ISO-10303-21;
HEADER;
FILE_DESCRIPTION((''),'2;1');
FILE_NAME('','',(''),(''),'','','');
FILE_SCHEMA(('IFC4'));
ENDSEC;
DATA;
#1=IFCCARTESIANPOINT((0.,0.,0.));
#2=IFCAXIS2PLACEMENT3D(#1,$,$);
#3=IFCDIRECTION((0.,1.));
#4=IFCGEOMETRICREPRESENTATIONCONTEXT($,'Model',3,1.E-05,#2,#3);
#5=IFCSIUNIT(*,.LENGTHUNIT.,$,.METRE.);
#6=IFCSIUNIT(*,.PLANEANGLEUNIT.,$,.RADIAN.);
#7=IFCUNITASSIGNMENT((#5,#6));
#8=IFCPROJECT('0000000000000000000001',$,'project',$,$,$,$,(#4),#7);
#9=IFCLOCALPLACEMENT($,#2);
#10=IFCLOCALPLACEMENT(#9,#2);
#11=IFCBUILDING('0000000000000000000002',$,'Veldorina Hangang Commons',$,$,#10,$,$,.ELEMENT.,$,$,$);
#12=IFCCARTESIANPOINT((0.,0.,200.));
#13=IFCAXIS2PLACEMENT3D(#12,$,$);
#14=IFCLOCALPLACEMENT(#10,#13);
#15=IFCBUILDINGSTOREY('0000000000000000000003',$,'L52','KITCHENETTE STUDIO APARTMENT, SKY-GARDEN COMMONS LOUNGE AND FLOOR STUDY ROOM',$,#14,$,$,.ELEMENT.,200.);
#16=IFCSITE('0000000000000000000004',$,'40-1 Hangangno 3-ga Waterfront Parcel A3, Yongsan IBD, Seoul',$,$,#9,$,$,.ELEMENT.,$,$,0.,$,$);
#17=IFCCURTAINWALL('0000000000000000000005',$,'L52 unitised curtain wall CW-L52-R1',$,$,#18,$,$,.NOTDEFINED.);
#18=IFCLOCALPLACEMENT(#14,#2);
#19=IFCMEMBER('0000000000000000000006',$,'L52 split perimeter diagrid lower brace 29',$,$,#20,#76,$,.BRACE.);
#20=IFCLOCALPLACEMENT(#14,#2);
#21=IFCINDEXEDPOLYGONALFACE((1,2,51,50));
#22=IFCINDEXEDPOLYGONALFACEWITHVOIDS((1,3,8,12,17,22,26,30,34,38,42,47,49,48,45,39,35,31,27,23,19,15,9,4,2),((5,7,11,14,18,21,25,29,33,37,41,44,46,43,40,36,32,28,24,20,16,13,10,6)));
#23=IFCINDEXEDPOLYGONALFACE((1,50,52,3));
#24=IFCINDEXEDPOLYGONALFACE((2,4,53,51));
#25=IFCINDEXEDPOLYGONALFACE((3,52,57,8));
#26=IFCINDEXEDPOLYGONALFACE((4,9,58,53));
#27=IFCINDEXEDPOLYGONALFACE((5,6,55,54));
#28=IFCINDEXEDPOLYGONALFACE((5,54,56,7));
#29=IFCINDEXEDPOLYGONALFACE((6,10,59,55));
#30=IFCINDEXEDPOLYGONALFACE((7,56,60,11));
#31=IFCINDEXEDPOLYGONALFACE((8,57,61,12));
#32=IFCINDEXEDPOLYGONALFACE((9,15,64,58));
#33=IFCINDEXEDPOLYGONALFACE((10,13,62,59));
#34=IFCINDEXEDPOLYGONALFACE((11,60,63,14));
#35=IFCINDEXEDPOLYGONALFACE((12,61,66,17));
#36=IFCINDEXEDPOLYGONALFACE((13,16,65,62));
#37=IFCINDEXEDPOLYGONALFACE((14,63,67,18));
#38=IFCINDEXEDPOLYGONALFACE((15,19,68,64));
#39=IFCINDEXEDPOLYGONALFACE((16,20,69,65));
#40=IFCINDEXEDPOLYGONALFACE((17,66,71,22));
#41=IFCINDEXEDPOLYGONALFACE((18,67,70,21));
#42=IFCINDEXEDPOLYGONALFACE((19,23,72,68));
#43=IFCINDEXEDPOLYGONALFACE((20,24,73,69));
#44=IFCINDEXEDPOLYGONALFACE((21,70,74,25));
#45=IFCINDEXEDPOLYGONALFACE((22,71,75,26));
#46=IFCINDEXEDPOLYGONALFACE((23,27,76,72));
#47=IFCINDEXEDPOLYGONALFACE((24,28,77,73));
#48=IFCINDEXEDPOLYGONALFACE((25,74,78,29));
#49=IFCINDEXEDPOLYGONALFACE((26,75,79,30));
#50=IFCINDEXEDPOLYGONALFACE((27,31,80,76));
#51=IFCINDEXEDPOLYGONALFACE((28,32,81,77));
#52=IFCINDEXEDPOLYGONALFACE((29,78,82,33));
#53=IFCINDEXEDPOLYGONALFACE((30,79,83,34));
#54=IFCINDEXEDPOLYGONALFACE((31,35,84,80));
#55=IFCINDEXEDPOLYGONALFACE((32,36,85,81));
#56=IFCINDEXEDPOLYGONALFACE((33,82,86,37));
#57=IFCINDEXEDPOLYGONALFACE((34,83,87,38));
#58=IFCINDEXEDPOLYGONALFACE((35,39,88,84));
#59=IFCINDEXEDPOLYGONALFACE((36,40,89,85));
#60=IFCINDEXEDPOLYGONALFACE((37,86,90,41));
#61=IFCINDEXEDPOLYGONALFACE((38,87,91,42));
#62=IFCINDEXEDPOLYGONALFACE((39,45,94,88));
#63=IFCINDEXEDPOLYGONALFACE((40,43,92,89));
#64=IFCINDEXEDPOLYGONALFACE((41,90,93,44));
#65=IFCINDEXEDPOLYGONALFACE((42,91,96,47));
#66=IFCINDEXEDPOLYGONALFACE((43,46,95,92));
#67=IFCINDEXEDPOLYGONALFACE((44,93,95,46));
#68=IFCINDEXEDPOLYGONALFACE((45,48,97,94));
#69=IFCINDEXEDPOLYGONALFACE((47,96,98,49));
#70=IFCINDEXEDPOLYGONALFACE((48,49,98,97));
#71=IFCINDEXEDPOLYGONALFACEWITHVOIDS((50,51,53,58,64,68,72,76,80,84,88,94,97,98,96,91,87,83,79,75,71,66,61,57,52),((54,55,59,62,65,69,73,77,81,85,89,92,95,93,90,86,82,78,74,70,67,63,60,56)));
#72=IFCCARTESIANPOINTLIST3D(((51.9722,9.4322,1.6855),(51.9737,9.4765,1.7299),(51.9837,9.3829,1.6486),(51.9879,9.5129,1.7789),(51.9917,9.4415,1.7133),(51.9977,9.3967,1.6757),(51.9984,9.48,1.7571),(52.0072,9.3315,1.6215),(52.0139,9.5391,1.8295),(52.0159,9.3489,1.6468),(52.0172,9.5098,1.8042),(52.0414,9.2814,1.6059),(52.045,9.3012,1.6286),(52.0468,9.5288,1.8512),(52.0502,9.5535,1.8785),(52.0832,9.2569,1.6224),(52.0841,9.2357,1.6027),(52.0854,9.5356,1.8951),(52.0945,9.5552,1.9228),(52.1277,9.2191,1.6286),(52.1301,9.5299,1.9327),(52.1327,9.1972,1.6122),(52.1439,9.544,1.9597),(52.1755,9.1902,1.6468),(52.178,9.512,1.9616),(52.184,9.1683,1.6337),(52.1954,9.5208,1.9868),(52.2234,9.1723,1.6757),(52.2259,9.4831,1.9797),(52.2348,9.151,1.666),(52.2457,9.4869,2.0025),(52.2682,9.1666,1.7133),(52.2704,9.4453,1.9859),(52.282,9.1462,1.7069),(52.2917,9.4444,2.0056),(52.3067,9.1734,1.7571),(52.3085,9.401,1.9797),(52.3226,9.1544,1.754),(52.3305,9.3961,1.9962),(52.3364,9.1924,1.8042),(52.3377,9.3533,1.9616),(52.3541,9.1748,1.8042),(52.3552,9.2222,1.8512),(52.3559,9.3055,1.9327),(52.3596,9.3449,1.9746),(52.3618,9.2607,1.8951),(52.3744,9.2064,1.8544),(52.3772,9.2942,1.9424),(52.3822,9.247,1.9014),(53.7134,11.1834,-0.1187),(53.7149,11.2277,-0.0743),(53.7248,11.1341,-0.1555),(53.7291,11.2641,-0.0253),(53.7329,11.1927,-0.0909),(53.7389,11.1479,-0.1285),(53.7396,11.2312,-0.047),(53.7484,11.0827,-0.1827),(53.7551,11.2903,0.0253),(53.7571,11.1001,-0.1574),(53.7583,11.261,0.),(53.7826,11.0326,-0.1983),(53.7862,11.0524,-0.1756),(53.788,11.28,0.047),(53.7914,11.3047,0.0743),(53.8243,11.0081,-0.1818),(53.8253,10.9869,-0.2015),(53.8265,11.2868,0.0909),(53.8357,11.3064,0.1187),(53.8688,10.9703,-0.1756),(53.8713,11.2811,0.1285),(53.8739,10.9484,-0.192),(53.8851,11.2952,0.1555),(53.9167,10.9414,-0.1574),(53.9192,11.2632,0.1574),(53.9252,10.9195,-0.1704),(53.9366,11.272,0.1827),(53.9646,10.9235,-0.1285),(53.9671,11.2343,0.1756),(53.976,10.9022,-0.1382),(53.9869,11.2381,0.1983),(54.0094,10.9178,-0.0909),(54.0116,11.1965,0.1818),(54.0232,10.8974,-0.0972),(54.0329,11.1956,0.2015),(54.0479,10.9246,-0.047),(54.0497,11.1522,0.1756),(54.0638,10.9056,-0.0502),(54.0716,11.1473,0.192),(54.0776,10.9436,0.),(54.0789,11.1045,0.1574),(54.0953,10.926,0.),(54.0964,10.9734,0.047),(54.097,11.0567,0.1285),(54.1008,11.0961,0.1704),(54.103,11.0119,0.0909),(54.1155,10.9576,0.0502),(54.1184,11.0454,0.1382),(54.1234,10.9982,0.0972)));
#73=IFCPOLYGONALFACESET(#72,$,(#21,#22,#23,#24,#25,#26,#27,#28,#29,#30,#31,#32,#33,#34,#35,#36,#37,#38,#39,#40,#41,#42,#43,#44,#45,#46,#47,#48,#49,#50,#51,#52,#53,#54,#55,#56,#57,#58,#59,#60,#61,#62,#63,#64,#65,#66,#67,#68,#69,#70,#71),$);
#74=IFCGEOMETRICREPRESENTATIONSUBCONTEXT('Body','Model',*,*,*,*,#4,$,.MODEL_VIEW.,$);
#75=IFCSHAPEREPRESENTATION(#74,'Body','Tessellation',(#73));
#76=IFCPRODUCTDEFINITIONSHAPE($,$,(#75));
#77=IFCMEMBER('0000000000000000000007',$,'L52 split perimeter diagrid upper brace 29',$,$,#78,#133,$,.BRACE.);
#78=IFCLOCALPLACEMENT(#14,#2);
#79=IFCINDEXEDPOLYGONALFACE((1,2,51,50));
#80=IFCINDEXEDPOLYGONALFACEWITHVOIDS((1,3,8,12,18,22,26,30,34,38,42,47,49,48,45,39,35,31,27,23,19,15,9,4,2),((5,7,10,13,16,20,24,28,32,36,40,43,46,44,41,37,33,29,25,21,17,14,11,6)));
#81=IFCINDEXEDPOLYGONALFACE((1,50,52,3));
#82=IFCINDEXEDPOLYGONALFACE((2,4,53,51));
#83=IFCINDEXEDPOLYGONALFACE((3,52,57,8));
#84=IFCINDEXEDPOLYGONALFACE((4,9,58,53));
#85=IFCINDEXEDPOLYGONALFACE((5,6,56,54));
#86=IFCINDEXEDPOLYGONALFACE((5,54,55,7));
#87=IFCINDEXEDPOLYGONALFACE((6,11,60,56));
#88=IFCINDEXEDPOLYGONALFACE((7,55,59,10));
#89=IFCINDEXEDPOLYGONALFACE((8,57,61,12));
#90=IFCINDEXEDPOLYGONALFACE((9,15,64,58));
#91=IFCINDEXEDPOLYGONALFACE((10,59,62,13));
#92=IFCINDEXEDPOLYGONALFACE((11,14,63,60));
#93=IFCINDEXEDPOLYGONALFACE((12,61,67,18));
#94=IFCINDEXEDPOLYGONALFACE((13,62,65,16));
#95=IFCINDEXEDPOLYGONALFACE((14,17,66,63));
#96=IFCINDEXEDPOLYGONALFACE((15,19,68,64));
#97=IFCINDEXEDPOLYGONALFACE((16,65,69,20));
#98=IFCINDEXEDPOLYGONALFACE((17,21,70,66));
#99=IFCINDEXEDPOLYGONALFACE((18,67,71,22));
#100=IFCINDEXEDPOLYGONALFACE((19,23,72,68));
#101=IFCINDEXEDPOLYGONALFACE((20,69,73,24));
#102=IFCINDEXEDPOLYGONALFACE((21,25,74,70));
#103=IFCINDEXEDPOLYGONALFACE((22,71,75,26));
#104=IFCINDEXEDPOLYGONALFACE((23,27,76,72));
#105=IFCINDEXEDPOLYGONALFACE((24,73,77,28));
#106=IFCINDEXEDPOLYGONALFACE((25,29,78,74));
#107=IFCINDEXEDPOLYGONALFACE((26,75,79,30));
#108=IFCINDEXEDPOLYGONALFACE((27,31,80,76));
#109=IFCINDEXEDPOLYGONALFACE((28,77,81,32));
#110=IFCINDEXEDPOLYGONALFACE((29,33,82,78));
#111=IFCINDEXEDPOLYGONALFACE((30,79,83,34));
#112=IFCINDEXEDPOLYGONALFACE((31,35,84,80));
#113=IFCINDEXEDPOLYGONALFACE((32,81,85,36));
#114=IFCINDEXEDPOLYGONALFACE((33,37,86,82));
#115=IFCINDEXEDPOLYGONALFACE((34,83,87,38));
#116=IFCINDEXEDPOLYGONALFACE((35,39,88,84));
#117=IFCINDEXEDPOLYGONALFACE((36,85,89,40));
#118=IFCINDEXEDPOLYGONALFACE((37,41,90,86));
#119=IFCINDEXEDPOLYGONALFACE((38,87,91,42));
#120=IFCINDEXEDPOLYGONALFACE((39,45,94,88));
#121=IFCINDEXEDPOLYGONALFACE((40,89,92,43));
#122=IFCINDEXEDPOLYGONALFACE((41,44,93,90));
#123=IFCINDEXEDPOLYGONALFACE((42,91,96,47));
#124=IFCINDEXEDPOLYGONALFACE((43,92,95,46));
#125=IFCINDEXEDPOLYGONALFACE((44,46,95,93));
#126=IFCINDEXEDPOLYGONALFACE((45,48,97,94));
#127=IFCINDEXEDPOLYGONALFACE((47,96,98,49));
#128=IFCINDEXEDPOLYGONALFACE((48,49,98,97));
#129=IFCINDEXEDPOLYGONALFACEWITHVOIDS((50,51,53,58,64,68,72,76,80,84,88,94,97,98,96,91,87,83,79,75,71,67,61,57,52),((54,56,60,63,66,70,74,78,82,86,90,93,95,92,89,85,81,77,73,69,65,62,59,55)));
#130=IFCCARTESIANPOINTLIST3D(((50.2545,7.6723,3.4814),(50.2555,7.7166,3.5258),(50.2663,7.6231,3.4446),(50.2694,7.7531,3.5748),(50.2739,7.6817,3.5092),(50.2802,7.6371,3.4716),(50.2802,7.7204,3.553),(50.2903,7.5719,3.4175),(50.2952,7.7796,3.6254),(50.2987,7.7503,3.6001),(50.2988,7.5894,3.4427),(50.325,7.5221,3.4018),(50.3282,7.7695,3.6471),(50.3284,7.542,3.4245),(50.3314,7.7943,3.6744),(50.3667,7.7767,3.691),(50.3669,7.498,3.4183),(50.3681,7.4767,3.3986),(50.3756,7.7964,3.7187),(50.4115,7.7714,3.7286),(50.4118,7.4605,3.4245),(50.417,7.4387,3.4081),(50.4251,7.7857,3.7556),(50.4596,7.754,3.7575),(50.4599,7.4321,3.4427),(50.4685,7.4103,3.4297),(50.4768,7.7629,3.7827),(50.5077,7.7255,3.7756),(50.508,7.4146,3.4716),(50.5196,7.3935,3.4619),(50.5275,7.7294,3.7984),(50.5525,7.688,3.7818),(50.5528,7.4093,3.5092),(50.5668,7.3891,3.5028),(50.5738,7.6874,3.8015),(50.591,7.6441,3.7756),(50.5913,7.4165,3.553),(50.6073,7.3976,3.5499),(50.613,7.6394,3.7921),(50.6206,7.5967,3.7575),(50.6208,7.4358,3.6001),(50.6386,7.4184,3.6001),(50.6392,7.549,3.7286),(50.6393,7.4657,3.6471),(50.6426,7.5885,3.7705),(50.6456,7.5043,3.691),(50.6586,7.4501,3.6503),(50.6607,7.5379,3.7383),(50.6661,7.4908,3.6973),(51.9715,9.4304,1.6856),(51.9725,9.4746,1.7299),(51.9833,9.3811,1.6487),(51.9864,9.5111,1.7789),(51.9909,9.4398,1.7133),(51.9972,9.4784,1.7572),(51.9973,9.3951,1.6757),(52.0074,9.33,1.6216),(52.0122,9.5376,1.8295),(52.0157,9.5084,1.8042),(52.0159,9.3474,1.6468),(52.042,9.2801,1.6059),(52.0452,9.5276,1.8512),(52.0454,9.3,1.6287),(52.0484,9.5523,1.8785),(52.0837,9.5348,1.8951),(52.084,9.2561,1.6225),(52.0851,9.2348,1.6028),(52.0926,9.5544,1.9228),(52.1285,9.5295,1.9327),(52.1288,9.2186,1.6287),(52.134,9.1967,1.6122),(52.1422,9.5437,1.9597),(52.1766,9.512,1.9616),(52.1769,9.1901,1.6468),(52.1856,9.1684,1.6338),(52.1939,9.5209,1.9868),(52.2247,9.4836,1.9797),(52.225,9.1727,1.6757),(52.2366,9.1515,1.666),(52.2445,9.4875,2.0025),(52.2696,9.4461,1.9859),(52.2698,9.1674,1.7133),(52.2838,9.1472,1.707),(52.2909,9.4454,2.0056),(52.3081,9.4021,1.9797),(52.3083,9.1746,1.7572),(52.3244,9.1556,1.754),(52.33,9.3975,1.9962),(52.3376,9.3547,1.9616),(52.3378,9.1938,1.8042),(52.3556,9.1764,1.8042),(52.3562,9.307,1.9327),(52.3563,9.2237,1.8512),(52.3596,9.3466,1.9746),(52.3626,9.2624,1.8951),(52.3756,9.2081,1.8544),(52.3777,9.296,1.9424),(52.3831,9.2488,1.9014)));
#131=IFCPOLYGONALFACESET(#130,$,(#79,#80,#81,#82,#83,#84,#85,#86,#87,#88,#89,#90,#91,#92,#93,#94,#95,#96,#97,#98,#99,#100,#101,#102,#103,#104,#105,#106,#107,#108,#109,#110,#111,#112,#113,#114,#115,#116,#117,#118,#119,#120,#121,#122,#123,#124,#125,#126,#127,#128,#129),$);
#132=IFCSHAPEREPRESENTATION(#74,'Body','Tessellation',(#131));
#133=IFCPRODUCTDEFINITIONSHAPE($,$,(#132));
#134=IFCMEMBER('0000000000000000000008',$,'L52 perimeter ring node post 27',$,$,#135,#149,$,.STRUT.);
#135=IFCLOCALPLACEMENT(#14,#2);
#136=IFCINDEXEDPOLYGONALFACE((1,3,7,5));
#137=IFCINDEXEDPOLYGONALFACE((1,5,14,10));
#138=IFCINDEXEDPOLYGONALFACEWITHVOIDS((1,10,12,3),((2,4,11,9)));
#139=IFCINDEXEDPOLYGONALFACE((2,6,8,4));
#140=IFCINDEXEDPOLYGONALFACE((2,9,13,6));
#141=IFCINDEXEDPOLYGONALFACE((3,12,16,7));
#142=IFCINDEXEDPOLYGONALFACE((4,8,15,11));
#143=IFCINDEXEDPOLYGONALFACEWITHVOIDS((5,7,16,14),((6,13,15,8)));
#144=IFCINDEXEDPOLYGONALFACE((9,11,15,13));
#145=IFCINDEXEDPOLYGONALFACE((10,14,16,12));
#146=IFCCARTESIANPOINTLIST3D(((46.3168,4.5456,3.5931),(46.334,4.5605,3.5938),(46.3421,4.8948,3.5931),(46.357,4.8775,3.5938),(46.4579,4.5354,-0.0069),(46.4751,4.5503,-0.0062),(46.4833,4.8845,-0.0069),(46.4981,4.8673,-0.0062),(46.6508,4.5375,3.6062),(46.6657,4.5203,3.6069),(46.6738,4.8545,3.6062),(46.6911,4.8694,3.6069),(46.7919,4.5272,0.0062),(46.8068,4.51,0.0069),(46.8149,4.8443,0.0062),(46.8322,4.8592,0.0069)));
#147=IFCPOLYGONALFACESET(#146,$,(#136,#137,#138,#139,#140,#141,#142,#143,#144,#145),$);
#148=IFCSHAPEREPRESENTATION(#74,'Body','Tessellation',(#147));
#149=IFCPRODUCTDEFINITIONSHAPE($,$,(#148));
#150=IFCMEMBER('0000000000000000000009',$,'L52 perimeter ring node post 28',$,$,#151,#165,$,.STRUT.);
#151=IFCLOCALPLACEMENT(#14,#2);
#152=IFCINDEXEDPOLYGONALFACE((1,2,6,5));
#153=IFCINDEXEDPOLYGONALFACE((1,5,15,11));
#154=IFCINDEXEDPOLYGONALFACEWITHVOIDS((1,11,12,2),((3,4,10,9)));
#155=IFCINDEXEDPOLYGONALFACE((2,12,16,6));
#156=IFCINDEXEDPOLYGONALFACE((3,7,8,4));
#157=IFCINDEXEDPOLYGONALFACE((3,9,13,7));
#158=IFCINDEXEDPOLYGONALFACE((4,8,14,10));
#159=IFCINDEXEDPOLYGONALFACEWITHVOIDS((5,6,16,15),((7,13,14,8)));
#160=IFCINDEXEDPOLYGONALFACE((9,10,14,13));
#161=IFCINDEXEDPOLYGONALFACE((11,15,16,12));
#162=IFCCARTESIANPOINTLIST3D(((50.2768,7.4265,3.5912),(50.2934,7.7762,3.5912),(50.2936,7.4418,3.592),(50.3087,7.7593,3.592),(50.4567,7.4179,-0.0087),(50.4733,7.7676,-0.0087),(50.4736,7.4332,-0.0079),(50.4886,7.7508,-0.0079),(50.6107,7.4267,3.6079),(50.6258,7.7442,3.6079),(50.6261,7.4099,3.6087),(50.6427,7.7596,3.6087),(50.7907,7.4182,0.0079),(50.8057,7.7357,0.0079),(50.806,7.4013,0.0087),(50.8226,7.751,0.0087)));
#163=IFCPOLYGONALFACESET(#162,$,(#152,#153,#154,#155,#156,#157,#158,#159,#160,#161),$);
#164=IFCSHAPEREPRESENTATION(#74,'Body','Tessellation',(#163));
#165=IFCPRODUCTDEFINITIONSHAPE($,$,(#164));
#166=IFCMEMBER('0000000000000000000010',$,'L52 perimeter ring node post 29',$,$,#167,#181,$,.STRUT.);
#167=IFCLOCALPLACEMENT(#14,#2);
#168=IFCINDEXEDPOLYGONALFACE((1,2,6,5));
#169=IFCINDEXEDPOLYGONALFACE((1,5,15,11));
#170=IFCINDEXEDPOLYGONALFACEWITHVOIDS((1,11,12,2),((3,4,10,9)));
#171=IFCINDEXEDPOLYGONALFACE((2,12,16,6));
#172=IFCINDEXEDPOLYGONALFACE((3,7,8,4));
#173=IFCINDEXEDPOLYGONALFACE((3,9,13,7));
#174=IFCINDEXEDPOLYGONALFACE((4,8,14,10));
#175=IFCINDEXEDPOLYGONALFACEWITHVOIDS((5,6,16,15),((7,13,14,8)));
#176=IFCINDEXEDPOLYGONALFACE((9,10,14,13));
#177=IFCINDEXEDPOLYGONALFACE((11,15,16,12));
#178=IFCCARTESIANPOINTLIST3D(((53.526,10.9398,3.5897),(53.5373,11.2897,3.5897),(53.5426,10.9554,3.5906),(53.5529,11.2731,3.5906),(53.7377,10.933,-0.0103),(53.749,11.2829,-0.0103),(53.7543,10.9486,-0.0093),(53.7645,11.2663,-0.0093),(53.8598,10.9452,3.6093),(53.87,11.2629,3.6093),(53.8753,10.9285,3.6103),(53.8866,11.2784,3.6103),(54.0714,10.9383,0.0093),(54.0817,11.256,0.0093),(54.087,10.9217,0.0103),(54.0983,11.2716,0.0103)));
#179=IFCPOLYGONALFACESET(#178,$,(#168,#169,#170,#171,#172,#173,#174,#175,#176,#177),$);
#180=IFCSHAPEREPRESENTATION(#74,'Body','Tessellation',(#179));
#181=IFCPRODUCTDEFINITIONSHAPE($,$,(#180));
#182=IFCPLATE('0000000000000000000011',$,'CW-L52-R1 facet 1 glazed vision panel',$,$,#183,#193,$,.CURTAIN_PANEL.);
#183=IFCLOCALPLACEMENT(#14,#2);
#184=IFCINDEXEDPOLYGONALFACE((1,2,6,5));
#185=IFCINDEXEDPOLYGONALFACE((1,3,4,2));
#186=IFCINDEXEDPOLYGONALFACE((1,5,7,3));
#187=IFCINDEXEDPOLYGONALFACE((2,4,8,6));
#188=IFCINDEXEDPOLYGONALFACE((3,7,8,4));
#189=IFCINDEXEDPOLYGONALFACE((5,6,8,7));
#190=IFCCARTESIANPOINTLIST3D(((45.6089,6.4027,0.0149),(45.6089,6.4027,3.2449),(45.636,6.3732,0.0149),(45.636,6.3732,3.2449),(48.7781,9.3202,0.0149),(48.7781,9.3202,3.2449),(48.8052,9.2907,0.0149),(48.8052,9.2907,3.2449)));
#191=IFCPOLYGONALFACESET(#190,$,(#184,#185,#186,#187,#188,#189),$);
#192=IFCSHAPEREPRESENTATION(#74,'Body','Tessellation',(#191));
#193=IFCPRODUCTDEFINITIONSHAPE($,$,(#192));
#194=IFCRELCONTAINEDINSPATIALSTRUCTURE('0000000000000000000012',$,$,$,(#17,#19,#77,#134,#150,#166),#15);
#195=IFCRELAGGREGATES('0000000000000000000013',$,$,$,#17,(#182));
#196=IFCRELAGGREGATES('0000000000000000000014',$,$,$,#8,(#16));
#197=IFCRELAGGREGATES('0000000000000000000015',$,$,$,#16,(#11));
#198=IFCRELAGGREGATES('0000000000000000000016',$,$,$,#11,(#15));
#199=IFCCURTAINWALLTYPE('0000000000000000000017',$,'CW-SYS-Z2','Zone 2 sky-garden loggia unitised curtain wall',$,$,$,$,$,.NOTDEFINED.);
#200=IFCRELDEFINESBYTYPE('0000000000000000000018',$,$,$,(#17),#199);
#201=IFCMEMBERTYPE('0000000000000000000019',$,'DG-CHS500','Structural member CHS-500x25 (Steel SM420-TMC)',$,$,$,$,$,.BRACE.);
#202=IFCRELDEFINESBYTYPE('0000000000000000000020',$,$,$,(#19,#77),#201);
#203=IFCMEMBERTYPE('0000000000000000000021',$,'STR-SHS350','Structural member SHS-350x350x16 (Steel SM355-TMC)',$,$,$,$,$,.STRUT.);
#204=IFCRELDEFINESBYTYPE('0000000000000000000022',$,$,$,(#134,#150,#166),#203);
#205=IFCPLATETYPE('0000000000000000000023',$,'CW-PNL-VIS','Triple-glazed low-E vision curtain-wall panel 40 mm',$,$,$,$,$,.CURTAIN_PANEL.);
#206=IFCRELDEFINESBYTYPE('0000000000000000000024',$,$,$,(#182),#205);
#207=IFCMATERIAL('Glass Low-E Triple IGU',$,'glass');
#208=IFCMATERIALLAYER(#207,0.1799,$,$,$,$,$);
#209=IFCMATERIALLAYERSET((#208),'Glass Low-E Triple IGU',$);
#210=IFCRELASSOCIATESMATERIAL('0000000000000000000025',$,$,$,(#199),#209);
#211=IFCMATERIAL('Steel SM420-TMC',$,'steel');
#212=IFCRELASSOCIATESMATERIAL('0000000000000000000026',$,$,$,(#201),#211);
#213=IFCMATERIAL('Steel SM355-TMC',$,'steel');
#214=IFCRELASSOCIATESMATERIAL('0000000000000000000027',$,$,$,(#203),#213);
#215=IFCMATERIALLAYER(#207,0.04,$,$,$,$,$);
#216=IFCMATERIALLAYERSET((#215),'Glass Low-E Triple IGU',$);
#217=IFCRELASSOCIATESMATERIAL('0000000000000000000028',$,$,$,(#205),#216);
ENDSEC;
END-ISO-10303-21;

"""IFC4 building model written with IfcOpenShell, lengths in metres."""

from ifc_helpers import new_model, si_unit, direction, frame, origin, origin_2d, place, context, subcontext, project, spatial, rectangle, hollow_rectangle, hollow_circle, extrude, material, layer, layer_set, material_profile, profile_set, type_object, element, aggregate, save


model = new_model("IFC4")

# Units and contexts
model_context = context("Model", 3, precision=1e-05, world=origin(), true_north=direction((0.0, 1.0)))
body_context = subcontext(model_context, "Body", "Model", "MODEL_VIEW")
ifc_project = project(units=[si_unit("LENGTHUNIT", "METRE"), si_unit("PLANEANGLEUNIT", "RADIAN")], contexts=[model_context])

# Site, building, storey
site_placement = place(None, origin())
site = spatial("IfcSite", under=ifc_project, at=site_placement, Name="40-1 Hangangno 3-ga Waterfront Parcel A3, Yongsan IBD, Seoul", CompositionType="ELEMENT", RefElevation=0.0)
building_placement = place(site_placement, origin())
building = spatial("IfcBuilding", under=site, at=building_placement, Name="Veldorina Hangang Commons", CompositionType="ELEMENT")
storey_placement = place(building_placement, frame((0.0, 0.0, 200.0)))
storey = spatial("IfcBuildingStorey", under=building, at=storey_placement, Name="L52", Description="KITCHENETTE STUDIO APARTMENT, SKY-GARDEN COMMONS LOUNGE AND FLOOR STUDY ROOM", CompositionType="ELEMENT", Elevation=200.0)

# Shared definitions
ifc_material_1 = material(Name="Steel SM355-TMC", Category="steel")
ifc_material_2 = material(Name="Steel SM420-TMC", Category="steel")

# Curtain wall
ifc_material_3 = material(Name="Glass Low-E Triple IGU", Category="glass")
ifc_layer_1 = layer(ifc_material_3, 0.1799)
ifc_layer_set_1 = layer_set([ifc_layer_1], Name="Glass Low-E Triple IGU")
curtain_wall_type = type_object("IfcCurtainWallType", Name="CW-SYS-Z2", Description="Zone 2 sky-garden loggia unitised curtain wall", PredefinedType="NOTDEFINED", material=ifc_layer_set_1)
curtain_wall_1_placement = place(storey_placement, origin())
curtain_wall_1 = element("IfcCurtainWall", 1, at=curtain_wall_1_placement, inside=storey, type_object=curtain_wall_type, Name="L52 unitised curtain wall CW-L52-R1", PredefinedType="NOTDEFINED")

# Members
ifc_material_profile_1 = material_profile(ifc_material_2, hollow_circle(Radius=0.25, WallThickness=0.0249, at=origin_2d()), Name="CHS-500x25")
ifc_profile_set_1 = profile_set([ifc_material_profile_1], Name="Steel SM420-TMC")
member_type_1 = type_object("IfcMemberType", Name="DG-CHS500", Description="Structural member CHS-500x25 (Steel SM420-TMC)", PredefinedType="BRACE", material=ifc_profile_set_1)
member_1_placement = place(storey_placement, frame((53.918, 11.1023, 0.0), z_axis=(-0.569323, -0.572596, 0.589919), x_axis=(0.709131, -0.705077, 0.0)))
element("IfcMember", 2, at=member_1_placement, inside=storey, type_object=member_type_1, Name="L52 split perimeter diagrid lower brace 29", PredefinedType="BRACE", context=body_context, shape_type="SweptSolid", body=[
    extrude(hollow_circle(Radius=0.25, WallThickness=0.0249, at=origin_2d()), origin(), (0.0, 0.0, 1.0), 3.0583),
])
member_2_placement = place(storey_placement, frame((52.1768, 9.3511, 1.8042), z_axis=(-0.564125, -0.577601, 0.590034), x_axis=(0.715403, -0.698712, 0.0)))
element("IfcMember", 3, at=member_2_placement, inside=storey, type_object=member_type_1, Name="L52 split perimeter diagrid upper brace 29", PredefinedType="BRACE", context=body_context, shape_type="SweptSolid", body=[
    extrude(hollow_circle(Radius=0.25, WallThickness=0.0249, at=origin_2d()), origin(), (0.0, 0.0, 1.0), 3.0437),
])
ifc_material_profile_2 = material_profile(ifc_material_1, hollow_rectangle(XDim=0.3501, YDim=0.3501, WallThickness=0.0161, at=origin_2d()), Name="SHS-350x350x16")
ifc_profile_set_2 = profile_set([ifc_material_profile_2], Name="Steel SM355-TMC")
member_type_2 = type_object("IfcMemberType", Name="STR-SHS350", Description="Structural member SHS-350x350x16 (Steel SM355-TMC)", PredefinedType="STRUT", material=ifc_profile_set_2)
member_3_placement = place(storey_placement, frame((46.645, 4.6973, 0.0), z_axis=(-0.039167, 0.002846, 0.999229), x_axis=(-0.072473, -0.99737, 0.0)))
element("IfcMember", 4, at=member_3_placement, inside=storey, type_object=member_type_2, Name="L52 perimeter ring node post 27", PredefinedType="STRUT", context=body_context, shape_type="SweptSolid", body=[
    extrude(hollow_rectangle(XDim=0.3501, YDim=0.3501, WallThickness=0.0161, at=origin_2d()), origin(), (0.0, 0.0, 1.0), 3.6028),
])
member_4_placement = place(storey_placement, frame((50.6396, 7.5845, 0.0), z_axis=(-0.049917, 0.002371, 0.998751), x_axis=(-0.047436, -0.998874, 0.0)))
element("IfcMember", 5, at=member_4_placement, inside=storey, type_object=member_type_2, Name="L52 perimeter ring node post 28", PredefinedType="STRUT", context=body_context, shape_type="SweptSolid", body=[
    extrude(hollow_rectangle(XDim=0.3501, YDim=0.3501, WallThickness=0.0161, at=origin_2d()), origin(), (0.0, 0.0, 1.0), 3.6045),
])
member_5_placement = place(storey_placement, frame((53.918, 11.1023, 0.0), z_axis=(-0.058694, 0.001896, 0.998274), x_axis=(-0.032278, -0.999479, 0.0)))
element("IfcMember", 6, at=member_5_placement, inside=storey, type_object=member_type_2, Name="L52 perimeter ring node post 29", PredefinedType="STRUT", context=body_context, shape_type="SweptSolid", body=[
    extrude(hollow_rectangle(XDim=0.3501, YDim=0.3501, WallThickness=0.0161, at=origin_2d()), origin(), (0.0, 0.0, 1.0), 3.6062),
])

# Plate
ifc_layer_2 = layer(ifc_material_3, 0.04)
ifc_layer_set_2 = layer_set([ifc_layer_2], Name="Glass Low-E Triple IGU")
plate_type_1 = type_object("IfcPlateType", Name="CW-PNL-VIS", Description="Triple-glazed low-E vision curtain-wall panel 40 mm", PredefinedType="CURTAIN_PANEL", material=ifc_layer_set_2)
plate_1_placement = place(storey_placement, frame((47.207, 7.8467, 0.0149), z_axis=(0.0, 0.0, 1.0), x_axis=(0.735719, 0.677287, 0.0)))
plate_1 = element("IfcPlate", 7, at=plate_1_placement, type_object=plate_type_1, Name="CW-L52-R1 facet 1 glazed vision panel", PredefinedType="CURTAIN_PANEL", context=body_context, shape_type="SweptSolid", body=[
    extrude(rectangle(XDim=4.3076, YDim=0.04, at=origin_2d()), origin(), (0.0, 0.0, 1.0), 3.23),
])
aggregate(curtain_wall_1, [plate_1])

save(model, "model.ifc")
